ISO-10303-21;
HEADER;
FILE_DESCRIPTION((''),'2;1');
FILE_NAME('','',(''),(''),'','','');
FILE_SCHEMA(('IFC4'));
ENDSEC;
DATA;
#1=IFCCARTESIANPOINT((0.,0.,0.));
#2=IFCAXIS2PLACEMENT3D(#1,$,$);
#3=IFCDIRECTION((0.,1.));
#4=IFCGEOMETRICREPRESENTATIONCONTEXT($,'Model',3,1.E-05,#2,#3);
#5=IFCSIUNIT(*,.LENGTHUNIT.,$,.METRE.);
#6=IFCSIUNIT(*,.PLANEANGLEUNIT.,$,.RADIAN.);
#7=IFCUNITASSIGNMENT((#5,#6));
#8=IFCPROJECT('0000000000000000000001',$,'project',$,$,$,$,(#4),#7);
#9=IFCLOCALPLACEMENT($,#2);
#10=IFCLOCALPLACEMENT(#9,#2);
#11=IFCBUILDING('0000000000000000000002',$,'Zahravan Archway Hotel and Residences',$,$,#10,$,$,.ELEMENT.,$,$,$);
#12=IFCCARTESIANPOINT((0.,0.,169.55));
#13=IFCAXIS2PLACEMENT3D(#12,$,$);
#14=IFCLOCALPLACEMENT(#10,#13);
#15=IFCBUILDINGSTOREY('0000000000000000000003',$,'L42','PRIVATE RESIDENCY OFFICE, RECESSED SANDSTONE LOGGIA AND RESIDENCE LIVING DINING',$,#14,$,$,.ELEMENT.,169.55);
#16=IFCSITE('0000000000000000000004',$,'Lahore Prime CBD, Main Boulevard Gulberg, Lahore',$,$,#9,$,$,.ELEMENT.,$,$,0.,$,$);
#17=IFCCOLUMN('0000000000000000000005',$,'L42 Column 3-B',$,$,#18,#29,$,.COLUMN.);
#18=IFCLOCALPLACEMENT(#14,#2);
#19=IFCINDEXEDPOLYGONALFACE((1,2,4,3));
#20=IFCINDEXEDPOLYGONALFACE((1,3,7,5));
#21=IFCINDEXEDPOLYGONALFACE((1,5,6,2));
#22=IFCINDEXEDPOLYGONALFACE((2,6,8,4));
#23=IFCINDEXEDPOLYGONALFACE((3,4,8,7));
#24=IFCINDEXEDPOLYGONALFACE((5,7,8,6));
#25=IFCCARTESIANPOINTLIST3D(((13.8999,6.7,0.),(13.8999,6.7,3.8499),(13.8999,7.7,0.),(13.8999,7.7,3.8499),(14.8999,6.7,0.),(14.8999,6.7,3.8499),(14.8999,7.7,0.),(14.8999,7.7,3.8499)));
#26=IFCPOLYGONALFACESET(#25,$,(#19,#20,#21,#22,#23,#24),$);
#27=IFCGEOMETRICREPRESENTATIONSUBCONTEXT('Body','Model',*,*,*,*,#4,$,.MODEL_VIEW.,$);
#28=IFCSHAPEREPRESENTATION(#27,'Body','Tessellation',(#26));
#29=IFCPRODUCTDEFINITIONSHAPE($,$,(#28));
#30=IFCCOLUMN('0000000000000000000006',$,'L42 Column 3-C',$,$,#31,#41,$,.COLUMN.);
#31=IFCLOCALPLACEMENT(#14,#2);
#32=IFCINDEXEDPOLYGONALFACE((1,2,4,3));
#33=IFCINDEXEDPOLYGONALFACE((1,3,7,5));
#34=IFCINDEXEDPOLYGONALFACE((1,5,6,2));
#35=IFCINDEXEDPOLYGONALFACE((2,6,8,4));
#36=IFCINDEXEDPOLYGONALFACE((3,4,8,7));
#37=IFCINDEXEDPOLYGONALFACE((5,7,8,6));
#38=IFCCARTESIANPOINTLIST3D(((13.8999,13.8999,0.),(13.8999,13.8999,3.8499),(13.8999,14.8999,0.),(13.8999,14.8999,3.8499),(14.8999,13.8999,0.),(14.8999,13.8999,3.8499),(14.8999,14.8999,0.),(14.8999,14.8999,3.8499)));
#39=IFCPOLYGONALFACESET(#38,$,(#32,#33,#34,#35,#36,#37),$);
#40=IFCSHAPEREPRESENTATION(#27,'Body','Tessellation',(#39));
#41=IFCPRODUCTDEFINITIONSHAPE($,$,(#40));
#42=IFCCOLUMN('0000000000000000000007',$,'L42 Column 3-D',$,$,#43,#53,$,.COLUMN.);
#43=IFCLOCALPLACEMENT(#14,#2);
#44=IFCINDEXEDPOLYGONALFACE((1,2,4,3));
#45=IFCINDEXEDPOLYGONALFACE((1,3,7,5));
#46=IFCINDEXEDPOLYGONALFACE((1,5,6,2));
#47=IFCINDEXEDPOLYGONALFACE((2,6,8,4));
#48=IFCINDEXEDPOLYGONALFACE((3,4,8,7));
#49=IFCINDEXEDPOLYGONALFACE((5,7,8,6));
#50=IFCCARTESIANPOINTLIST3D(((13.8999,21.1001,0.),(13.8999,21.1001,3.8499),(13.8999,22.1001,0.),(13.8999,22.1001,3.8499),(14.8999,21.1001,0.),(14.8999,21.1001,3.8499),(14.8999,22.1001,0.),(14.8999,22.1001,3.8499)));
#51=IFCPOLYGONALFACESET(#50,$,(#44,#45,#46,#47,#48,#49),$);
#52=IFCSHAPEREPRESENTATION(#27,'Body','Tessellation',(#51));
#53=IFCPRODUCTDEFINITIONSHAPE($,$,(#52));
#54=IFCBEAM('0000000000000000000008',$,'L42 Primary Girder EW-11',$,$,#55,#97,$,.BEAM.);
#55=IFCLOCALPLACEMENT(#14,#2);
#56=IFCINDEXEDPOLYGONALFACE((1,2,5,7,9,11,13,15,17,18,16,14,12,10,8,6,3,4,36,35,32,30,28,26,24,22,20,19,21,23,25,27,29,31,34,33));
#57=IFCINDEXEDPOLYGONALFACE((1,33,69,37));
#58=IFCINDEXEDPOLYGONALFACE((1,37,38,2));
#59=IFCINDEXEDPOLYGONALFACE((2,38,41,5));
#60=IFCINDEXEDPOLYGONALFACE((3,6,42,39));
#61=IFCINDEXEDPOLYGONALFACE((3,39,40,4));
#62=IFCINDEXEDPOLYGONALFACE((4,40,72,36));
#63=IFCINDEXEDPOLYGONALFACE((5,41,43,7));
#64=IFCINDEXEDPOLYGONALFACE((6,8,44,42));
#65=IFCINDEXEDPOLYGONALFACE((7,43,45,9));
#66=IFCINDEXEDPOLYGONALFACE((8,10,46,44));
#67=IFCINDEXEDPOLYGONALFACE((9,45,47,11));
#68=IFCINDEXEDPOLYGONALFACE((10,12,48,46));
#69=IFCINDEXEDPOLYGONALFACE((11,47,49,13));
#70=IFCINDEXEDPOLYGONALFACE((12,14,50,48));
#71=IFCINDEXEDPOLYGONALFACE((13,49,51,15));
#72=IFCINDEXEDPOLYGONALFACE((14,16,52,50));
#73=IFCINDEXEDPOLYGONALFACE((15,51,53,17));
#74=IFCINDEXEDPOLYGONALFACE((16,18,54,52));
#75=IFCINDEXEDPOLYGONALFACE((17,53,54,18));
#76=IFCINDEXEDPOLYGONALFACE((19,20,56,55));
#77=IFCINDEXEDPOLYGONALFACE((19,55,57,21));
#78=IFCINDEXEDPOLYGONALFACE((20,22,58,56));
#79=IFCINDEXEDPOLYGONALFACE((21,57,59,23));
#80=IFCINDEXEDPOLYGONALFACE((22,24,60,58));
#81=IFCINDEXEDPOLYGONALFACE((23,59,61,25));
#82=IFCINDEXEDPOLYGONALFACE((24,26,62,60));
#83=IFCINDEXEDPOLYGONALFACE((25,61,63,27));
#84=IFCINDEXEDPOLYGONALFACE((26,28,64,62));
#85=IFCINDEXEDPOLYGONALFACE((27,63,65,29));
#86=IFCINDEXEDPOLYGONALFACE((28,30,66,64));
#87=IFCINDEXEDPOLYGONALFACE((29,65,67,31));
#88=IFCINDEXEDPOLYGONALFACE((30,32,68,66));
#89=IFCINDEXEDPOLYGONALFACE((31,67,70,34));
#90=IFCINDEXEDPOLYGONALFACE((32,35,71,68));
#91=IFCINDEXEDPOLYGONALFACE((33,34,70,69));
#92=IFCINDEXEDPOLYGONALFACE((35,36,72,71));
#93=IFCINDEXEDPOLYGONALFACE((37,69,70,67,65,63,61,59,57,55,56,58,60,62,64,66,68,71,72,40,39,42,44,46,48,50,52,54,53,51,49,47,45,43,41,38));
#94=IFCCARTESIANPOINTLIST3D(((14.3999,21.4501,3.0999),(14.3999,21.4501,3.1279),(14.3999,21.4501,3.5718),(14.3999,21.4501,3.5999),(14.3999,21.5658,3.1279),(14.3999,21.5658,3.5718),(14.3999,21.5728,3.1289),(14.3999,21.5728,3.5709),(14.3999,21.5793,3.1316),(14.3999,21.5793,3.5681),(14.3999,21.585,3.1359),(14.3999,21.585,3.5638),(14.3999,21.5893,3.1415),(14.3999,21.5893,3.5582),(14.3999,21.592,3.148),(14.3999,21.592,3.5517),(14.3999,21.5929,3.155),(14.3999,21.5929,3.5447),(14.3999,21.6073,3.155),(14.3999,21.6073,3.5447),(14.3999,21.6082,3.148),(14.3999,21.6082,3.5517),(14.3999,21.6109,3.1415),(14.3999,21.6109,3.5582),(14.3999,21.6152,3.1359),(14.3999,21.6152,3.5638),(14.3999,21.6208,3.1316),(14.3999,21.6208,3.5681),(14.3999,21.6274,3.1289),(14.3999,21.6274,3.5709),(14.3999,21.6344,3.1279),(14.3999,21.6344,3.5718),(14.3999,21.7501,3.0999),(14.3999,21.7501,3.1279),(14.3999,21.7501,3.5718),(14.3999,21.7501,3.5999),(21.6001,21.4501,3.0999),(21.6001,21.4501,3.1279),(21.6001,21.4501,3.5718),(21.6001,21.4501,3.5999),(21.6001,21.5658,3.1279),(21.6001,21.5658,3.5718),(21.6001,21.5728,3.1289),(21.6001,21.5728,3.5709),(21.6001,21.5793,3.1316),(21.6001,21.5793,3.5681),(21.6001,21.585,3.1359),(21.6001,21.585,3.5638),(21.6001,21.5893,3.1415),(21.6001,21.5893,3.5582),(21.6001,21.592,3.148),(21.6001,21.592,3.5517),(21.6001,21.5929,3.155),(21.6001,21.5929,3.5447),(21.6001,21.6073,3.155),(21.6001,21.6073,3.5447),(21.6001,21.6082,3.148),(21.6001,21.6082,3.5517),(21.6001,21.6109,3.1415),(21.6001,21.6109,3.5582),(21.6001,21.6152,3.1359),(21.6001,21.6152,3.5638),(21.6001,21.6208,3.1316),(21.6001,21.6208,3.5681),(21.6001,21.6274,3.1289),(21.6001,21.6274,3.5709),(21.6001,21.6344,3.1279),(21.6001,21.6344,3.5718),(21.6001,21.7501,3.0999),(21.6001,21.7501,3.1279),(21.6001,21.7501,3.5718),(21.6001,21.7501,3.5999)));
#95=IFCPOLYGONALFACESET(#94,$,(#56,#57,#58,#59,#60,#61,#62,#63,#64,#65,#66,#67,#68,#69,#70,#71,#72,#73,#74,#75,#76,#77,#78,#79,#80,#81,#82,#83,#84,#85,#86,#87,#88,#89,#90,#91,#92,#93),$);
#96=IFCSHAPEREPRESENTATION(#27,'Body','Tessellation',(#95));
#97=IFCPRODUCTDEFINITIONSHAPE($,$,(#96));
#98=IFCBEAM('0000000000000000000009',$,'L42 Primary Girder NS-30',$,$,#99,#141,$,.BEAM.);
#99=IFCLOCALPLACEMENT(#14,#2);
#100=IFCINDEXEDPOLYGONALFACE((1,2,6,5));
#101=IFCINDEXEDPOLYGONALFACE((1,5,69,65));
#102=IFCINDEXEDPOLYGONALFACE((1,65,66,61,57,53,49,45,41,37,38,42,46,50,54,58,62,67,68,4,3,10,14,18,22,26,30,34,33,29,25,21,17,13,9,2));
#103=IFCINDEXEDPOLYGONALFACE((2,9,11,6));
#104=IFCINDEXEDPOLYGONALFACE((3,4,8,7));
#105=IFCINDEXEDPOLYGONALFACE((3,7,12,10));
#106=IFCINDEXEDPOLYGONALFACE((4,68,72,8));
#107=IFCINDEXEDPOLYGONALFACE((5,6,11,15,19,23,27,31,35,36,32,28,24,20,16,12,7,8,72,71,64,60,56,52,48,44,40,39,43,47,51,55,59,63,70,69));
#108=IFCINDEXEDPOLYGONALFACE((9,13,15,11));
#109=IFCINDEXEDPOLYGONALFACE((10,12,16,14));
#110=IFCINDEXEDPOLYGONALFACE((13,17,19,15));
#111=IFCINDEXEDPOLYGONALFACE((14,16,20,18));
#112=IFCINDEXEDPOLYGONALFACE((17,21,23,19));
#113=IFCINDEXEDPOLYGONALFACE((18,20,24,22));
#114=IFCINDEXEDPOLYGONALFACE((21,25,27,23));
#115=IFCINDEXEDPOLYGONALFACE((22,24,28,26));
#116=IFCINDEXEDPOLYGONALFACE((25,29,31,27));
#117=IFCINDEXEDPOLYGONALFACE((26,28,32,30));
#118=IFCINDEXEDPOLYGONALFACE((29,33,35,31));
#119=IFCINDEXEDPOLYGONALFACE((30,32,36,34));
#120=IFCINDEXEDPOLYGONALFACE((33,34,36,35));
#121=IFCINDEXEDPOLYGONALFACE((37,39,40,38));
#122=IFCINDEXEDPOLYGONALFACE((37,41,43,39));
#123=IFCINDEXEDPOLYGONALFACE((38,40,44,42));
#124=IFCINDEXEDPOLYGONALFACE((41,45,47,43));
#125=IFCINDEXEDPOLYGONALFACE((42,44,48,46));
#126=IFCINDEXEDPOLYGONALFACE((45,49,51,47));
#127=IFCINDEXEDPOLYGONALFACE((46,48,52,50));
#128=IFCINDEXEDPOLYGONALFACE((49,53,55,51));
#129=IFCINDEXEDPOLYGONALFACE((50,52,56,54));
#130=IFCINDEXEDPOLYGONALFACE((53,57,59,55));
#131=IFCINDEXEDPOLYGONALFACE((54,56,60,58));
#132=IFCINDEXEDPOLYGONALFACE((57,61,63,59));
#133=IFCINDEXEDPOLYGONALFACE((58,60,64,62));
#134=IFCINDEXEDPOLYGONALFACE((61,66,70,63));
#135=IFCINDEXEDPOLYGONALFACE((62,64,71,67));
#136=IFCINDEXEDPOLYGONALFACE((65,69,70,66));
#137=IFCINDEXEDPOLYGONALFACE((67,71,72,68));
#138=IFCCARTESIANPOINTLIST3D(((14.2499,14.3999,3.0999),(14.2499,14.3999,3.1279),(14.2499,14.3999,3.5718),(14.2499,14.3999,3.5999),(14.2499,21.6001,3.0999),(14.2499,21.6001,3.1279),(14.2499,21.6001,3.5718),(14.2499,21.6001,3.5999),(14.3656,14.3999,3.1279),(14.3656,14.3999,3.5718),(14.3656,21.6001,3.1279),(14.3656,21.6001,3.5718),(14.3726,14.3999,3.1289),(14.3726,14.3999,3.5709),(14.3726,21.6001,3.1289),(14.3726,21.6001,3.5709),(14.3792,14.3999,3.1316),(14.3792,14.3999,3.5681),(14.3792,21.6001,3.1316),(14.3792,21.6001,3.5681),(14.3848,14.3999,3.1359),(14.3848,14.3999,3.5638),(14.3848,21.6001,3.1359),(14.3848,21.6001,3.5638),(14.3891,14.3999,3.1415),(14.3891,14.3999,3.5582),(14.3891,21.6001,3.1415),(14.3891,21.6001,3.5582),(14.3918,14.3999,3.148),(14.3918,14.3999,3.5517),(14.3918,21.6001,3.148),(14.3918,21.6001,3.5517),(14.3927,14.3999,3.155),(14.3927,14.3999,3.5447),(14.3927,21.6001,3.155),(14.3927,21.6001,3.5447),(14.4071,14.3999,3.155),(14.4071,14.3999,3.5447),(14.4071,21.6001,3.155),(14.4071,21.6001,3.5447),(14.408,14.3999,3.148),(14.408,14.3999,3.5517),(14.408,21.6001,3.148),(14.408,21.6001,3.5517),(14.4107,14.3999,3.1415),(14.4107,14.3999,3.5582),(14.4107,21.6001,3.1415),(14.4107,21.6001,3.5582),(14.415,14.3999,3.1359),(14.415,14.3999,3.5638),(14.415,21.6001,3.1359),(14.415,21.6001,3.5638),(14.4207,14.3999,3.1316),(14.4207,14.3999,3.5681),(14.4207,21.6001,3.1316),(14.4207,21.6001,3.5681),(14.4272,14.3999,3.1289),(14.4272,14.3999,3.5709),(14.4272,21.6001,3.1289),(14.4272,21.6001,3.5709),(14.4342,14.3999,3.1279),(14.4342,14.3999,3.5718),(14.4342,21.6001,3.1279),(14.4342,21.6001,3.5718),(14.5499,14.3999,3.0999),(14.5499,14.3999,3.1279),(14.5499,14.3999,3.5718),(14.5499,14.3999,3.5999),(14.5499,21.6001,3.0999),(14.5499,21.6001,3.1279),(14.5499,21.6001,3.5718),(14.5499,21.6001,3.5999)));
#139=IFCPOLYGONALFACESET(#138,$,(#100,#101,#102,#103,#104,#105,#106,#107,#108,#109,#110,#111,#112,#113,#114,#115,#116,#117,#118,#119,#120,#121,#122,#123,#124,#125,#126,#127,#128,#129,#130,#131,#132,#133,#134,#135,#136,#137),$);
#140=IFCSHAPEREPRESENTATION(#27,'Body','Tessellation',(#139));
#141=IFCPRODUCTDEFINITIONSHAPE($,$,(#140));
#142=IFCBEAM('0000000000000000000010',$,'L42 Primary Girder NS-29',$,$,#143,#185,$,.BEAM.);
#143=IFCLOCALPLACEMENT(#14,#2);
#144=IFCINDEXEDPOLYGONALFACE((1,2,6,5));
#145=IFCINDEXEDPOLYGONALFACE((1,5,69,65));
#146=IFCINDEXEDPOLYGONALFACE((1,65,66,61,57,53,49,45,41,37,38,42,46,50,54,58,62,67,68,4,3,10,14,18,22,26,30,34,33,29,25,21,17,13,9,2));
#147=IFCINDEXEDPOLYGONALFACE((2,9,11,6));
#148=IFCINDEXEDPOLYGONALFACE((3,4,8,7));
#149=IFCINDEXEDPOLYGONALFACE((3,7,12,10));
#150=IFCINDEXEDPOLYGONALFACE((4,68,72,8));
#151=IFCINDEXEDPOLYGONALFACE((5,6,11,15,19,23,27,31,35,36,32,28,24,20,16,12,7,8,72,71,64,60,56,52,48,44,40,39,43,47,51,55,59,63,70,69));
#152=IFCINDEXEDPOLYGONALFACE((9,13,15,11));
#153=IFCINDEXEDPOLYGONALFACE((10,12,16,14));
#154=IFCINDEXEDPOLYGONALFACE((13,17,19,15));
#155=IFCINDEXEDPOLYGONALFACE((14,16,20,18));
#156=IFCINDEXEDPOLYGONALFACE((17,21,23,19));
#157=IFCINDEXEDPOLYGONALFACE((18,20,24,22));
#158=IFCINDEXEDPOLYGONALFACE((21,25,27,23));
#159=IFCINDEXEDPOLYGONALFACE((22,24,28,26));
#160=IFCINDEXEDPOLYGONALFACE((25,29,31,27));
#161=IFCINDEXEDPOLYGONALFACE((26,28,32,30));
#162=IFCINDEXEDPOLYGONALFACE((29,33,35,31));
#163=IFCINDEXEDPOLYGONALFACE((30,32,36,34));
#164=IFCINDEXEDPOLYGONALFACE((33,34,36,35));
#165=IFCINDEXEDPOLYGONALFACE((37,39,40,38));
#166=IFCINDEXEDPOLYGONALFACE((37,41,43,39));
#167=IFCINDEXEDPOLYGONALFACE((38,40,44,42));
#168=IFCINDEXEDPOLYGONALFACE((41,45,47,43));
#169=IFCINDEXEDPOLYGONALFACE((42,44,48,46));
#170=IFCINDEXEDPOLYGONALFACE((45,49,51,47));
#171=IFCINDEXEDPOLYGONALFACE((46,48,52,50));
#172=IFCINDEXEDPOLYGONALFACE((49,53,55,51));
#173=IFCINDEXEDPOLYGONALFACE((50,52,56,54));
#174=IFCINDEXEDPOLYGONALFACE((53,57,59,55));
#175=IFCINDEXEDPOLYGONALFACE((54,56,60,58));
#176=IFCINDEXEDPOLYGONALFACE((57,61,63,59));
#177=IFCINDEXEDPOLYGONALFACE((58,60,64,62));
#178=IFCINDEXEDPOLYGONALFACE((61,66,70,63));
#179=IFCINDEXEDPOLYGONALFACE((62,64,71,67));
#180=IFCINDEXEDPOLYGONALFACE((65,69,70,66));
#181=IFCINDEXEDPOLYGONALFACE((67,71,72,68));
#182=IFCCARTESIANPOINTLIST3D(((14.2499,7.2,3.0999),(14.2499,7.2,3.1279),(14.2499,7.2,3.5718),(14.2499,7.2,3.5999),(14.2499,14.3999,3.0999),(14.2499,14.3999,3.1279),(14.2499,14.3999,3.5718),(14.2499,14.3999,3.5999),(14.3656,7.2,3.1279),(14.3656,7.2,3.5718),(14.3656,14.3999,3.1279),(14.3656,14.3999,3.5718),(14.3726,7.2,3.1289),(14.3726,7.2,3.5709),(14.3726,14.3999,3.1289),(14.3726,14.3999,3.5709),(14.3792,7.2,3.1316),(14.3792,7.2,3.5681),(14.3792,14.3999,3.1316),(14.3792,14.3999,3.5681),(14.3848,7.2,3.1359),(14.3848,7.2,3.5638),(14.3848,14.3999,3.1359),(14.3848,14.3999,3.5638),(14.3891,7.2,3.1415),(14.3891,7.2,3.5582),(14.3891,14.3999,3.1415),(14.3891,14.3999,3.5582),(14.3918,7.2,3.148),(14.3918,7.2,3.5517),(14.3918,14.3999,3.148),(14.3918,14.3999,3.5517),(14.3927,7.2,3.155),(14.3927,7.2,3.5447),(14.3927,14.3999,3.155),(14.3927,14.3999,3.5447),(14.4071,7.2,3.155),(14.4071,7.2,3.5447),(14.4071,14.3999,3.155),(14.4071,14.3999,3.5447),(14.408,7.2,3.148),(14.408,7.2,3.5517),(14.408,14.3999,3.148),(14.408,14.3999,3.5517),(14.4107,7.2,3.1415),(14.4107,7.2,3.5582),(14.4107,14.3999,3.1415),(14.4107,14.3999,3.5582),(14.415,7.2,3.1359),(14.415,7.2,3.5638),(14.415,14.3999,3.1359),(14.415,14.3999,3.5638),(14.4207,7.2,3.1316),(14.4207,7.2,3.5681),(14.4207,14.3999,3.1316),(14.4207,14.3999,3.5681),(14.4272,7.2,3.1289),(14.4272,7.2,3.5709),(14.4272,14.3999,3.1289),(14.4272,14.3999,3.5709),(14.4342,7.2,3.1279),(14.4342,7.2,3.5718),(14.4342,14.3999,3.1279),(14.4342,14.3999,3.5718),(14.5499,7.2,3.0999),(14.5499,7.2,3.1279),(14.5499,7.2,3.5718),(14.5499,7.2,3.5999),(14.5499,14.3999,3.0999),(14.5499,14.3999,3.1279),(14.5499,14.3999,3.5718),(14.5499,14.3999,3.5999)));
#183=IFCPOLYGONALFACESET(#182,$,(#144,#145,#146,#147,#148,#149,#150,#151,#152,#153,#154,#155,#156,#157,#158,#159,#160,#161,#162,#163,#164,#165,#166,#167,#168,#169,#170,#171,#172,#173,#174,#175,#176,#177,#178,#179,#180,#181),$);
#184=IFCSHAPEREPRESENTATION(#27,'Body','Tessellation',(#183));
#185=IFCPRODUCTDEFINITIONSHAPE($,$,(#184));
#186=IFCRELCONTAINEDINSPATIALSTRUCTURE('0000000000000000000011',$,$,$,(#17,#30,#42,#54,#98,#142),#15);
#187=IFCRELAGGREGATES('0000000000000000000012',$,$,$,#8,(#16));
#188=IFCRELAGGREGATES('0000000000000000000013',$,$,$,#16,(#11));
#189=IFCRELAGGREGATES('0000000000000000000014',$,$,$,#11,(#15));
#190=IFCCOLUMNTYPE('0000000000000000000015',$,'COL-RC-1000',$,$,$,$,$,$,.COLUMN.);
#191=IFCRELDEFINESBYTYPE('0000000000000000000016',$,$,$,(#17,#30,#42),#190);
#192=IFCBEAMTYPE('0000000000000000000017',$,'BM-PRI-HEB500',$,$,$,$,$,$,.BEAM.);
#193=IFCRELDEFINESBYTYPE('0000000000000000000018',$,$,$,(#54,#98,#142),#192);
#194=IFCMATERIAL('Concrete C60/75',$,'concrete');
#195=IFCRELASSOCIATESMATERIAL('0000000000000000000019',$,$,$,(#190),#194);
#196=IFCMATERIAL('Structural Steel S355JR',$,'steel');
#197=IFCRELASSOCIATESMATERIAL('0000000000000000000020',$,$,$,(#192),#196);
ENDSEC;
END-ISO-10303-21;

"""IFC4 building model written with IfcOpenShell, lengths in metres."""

from ifc_helpers import new_model, si_unit, direction, frame, origin, origin_2d, place, context, subcontext, project, spatial, rectangle, i_section, extrude, source, transform, mapped, material, material_profile, profile_set, type_object, type_shapes, element, save


model = new_model("IFC4")

# Units and contexts
model_context = context("Model", 3, precision=1e-05, world=origin(), true_north=direction((0.0, 1.0)))
body_context = subcontext(model_context, "Body", "Model", "MODEL_VIEW")
ifc_project = project(units=[si_unit("LENGTHUNIT", "METRE"), si_unit("PLANEANGLEUNIT", "RADIAN")], contexts=[model_context])

# Site, building, storey
site_placement = place(None, origin())
site = spatial("IfcSite", under=ifc_project, at=site_placement, Name="Lahore Prime CBD, Main Boulevard Gulberg, Lahore", CompositionType="ELEMENT", RefElevation=0.0)
building_placement = place(site_placement, origin())
building = spatial("IfcBuilding", under=site, at=building_placement, Name="Zahravan Archway Hotel and Residences", CompositionType="ELEMENT")
storey_placement = place(building_placement, frame((0.0, 0.0, 169.55)))
storey = spatial("IfcBuildingStorey", under=building, at=storey_placement, Name="L42", Description="PRIVATE RESIDENCY OFFICE, RECESSED SANDSTONE LOGGIA AND RESIDENCE LIVING DINING", CompositionType="ELEMENT", Elevation=169.55)

# Columns
ifc_material_1 = material(Name="Concrete C60/75", Category="concrete")
ifc_material_profile_1 = material_profile(ifc_material_1, rectangle(XDim=1.0, YDim=1.0, at=origin_2d()), Name="RC-COL-1000x1000", Category="concrete")
ifc_profile_set_1 = profile_set([ifc_material_profile_1], Name="Concrete C60/75")
column_type = type_object("IfcColumnType", Name="COL-RC-1000", PredefinedType="COLUMN", material=ifc_profile_set_1)
shared_shape_1 = source(origin(), body_context, "Body", "SweptSolid", [
    extrude(rectangle(XDim=1.0, YDim=1.0, at=origin_2d()), origin(), (0.0, 0.0, 1.0), 3.8499),
])
for number, where, z_axis, x_axis, name in (
    (1, (14.3999, 7.2, 0.0), (0.0, 0.0, 1.0), (1.0, 0.0, 0.0), "L42 Column 3-B"),
    (2, (14.3999, 14.3999, 0.0), (0.0, 0.0, 1.0), (1.0, 0.0, 0.0), "L42 Column 3-C"),
    (3, (14.3999, 21.6001, 0.0), (0.0, 0.0, 1.0), (1.0, 0.0, 0.0), "L42 Column 3-D"),
):
    element("IfcColumn", number, at=place(storey_placement, frame(where, z_axis=z_axis, x_axis=x_axis)), inside=storey, type_object=column_type, Name=name, PredefinedType="COLUMN", context=body_context, shape_type="MappedRepresentation", body=[
        mapped(shared_shape_1, transform((0.0, 0.0, 0.0), scale=1.0)),
    ])

# Beams
ifc_material_2 = material(Name="Structural Steel S355JR", Category="steel")
ifc_material_profile_2 = material_profile(ifc_material_2, i_section(OverallWidth=0.3, OverallDepth=0.5, WebThickness=0.0144, FlangeThickness=0.0281, FilletRadius=0.0271, at=origin_2d()), Name="HEB 500", Category="steel")
ifc_profile_set_2 = profile_set([ifc_material_profile_2], Name="Structural Steel S355JR")
beam_type = type_object("IfcBeamType", Name="BM-PRI-HEB500", PredefinedType="BEAM", material=ifc_profile_set_2)
shared_shape_2 = source(origin(), body_context, "Body", "SweptSolid", [
    extrude(i_section(OverallWidth=0.3, OverallDepth=0.5, WebThickness=0.0144, FlangeThickness=0.0281, FilletRadius=0.0271, at=origin_2d()), origin(), (0.0, 0.0, 1.0), 7.2002),
])
type_shapes(beam_type, [shared_shape_2])
for number, where, z_axis, x_axis, name in (
    (4, (14.3999, 21.6001, 3.3499), (1.0, 0.0, 0.0), (0.0, 1.0, 0.0), "L42 Primary Girder EW-11"),
    (5, (14.3999, 14.3999, 3.3499), (0.0, 1.0, 0.0), (-1.0, 0.0, 0.0), "L42 Primary Girder NS-30"),
):
    element("IfcBeam", number, at=place(storey_placement, frame(where, z_axis=z_axis, x_axis=x_axis)), inside=storey, type_object=beam_type, Name=name, PredefinedType="BEAM", context=body_context, shape_type="MappedRepresentation", body=[
        mapped(shared_shape_2, transform((0.0, 0.0, 0.0), scale=1.0)),
    ])
shared_shape_3 = source(origin(), body_context, "Body", "SweptSolid", [
    extrude(i_section(OverallWidth=0.3, OverallDepth=0.5, WebThickness=0.0144, FlangeThickness=0.0281, FilletRadius=0.0271, at=origin_2d()), origin(), (0.0, 0.0, 1.0), 7.2),
])
beam_placement = place(storey_placement, frame((14.3999, 7.2, 3.3499), z_axis=(0.0, 1.0, 0.0), x_axis=(-1.0, 0.0, 0.0)))
element("IfcBeam", 6, at=beam_placement, inside=storey, type_object=beam_type, Name="L42 Primary Girder NS-29", PredefinedType="BEAM", context=body_context, shape_type="MappedRepresentation", body=[
    mapped(shared_shape_3, transform((0.0, 0.0, 0.0), scale=1.0)),
])

save(model, "model.ifc")
